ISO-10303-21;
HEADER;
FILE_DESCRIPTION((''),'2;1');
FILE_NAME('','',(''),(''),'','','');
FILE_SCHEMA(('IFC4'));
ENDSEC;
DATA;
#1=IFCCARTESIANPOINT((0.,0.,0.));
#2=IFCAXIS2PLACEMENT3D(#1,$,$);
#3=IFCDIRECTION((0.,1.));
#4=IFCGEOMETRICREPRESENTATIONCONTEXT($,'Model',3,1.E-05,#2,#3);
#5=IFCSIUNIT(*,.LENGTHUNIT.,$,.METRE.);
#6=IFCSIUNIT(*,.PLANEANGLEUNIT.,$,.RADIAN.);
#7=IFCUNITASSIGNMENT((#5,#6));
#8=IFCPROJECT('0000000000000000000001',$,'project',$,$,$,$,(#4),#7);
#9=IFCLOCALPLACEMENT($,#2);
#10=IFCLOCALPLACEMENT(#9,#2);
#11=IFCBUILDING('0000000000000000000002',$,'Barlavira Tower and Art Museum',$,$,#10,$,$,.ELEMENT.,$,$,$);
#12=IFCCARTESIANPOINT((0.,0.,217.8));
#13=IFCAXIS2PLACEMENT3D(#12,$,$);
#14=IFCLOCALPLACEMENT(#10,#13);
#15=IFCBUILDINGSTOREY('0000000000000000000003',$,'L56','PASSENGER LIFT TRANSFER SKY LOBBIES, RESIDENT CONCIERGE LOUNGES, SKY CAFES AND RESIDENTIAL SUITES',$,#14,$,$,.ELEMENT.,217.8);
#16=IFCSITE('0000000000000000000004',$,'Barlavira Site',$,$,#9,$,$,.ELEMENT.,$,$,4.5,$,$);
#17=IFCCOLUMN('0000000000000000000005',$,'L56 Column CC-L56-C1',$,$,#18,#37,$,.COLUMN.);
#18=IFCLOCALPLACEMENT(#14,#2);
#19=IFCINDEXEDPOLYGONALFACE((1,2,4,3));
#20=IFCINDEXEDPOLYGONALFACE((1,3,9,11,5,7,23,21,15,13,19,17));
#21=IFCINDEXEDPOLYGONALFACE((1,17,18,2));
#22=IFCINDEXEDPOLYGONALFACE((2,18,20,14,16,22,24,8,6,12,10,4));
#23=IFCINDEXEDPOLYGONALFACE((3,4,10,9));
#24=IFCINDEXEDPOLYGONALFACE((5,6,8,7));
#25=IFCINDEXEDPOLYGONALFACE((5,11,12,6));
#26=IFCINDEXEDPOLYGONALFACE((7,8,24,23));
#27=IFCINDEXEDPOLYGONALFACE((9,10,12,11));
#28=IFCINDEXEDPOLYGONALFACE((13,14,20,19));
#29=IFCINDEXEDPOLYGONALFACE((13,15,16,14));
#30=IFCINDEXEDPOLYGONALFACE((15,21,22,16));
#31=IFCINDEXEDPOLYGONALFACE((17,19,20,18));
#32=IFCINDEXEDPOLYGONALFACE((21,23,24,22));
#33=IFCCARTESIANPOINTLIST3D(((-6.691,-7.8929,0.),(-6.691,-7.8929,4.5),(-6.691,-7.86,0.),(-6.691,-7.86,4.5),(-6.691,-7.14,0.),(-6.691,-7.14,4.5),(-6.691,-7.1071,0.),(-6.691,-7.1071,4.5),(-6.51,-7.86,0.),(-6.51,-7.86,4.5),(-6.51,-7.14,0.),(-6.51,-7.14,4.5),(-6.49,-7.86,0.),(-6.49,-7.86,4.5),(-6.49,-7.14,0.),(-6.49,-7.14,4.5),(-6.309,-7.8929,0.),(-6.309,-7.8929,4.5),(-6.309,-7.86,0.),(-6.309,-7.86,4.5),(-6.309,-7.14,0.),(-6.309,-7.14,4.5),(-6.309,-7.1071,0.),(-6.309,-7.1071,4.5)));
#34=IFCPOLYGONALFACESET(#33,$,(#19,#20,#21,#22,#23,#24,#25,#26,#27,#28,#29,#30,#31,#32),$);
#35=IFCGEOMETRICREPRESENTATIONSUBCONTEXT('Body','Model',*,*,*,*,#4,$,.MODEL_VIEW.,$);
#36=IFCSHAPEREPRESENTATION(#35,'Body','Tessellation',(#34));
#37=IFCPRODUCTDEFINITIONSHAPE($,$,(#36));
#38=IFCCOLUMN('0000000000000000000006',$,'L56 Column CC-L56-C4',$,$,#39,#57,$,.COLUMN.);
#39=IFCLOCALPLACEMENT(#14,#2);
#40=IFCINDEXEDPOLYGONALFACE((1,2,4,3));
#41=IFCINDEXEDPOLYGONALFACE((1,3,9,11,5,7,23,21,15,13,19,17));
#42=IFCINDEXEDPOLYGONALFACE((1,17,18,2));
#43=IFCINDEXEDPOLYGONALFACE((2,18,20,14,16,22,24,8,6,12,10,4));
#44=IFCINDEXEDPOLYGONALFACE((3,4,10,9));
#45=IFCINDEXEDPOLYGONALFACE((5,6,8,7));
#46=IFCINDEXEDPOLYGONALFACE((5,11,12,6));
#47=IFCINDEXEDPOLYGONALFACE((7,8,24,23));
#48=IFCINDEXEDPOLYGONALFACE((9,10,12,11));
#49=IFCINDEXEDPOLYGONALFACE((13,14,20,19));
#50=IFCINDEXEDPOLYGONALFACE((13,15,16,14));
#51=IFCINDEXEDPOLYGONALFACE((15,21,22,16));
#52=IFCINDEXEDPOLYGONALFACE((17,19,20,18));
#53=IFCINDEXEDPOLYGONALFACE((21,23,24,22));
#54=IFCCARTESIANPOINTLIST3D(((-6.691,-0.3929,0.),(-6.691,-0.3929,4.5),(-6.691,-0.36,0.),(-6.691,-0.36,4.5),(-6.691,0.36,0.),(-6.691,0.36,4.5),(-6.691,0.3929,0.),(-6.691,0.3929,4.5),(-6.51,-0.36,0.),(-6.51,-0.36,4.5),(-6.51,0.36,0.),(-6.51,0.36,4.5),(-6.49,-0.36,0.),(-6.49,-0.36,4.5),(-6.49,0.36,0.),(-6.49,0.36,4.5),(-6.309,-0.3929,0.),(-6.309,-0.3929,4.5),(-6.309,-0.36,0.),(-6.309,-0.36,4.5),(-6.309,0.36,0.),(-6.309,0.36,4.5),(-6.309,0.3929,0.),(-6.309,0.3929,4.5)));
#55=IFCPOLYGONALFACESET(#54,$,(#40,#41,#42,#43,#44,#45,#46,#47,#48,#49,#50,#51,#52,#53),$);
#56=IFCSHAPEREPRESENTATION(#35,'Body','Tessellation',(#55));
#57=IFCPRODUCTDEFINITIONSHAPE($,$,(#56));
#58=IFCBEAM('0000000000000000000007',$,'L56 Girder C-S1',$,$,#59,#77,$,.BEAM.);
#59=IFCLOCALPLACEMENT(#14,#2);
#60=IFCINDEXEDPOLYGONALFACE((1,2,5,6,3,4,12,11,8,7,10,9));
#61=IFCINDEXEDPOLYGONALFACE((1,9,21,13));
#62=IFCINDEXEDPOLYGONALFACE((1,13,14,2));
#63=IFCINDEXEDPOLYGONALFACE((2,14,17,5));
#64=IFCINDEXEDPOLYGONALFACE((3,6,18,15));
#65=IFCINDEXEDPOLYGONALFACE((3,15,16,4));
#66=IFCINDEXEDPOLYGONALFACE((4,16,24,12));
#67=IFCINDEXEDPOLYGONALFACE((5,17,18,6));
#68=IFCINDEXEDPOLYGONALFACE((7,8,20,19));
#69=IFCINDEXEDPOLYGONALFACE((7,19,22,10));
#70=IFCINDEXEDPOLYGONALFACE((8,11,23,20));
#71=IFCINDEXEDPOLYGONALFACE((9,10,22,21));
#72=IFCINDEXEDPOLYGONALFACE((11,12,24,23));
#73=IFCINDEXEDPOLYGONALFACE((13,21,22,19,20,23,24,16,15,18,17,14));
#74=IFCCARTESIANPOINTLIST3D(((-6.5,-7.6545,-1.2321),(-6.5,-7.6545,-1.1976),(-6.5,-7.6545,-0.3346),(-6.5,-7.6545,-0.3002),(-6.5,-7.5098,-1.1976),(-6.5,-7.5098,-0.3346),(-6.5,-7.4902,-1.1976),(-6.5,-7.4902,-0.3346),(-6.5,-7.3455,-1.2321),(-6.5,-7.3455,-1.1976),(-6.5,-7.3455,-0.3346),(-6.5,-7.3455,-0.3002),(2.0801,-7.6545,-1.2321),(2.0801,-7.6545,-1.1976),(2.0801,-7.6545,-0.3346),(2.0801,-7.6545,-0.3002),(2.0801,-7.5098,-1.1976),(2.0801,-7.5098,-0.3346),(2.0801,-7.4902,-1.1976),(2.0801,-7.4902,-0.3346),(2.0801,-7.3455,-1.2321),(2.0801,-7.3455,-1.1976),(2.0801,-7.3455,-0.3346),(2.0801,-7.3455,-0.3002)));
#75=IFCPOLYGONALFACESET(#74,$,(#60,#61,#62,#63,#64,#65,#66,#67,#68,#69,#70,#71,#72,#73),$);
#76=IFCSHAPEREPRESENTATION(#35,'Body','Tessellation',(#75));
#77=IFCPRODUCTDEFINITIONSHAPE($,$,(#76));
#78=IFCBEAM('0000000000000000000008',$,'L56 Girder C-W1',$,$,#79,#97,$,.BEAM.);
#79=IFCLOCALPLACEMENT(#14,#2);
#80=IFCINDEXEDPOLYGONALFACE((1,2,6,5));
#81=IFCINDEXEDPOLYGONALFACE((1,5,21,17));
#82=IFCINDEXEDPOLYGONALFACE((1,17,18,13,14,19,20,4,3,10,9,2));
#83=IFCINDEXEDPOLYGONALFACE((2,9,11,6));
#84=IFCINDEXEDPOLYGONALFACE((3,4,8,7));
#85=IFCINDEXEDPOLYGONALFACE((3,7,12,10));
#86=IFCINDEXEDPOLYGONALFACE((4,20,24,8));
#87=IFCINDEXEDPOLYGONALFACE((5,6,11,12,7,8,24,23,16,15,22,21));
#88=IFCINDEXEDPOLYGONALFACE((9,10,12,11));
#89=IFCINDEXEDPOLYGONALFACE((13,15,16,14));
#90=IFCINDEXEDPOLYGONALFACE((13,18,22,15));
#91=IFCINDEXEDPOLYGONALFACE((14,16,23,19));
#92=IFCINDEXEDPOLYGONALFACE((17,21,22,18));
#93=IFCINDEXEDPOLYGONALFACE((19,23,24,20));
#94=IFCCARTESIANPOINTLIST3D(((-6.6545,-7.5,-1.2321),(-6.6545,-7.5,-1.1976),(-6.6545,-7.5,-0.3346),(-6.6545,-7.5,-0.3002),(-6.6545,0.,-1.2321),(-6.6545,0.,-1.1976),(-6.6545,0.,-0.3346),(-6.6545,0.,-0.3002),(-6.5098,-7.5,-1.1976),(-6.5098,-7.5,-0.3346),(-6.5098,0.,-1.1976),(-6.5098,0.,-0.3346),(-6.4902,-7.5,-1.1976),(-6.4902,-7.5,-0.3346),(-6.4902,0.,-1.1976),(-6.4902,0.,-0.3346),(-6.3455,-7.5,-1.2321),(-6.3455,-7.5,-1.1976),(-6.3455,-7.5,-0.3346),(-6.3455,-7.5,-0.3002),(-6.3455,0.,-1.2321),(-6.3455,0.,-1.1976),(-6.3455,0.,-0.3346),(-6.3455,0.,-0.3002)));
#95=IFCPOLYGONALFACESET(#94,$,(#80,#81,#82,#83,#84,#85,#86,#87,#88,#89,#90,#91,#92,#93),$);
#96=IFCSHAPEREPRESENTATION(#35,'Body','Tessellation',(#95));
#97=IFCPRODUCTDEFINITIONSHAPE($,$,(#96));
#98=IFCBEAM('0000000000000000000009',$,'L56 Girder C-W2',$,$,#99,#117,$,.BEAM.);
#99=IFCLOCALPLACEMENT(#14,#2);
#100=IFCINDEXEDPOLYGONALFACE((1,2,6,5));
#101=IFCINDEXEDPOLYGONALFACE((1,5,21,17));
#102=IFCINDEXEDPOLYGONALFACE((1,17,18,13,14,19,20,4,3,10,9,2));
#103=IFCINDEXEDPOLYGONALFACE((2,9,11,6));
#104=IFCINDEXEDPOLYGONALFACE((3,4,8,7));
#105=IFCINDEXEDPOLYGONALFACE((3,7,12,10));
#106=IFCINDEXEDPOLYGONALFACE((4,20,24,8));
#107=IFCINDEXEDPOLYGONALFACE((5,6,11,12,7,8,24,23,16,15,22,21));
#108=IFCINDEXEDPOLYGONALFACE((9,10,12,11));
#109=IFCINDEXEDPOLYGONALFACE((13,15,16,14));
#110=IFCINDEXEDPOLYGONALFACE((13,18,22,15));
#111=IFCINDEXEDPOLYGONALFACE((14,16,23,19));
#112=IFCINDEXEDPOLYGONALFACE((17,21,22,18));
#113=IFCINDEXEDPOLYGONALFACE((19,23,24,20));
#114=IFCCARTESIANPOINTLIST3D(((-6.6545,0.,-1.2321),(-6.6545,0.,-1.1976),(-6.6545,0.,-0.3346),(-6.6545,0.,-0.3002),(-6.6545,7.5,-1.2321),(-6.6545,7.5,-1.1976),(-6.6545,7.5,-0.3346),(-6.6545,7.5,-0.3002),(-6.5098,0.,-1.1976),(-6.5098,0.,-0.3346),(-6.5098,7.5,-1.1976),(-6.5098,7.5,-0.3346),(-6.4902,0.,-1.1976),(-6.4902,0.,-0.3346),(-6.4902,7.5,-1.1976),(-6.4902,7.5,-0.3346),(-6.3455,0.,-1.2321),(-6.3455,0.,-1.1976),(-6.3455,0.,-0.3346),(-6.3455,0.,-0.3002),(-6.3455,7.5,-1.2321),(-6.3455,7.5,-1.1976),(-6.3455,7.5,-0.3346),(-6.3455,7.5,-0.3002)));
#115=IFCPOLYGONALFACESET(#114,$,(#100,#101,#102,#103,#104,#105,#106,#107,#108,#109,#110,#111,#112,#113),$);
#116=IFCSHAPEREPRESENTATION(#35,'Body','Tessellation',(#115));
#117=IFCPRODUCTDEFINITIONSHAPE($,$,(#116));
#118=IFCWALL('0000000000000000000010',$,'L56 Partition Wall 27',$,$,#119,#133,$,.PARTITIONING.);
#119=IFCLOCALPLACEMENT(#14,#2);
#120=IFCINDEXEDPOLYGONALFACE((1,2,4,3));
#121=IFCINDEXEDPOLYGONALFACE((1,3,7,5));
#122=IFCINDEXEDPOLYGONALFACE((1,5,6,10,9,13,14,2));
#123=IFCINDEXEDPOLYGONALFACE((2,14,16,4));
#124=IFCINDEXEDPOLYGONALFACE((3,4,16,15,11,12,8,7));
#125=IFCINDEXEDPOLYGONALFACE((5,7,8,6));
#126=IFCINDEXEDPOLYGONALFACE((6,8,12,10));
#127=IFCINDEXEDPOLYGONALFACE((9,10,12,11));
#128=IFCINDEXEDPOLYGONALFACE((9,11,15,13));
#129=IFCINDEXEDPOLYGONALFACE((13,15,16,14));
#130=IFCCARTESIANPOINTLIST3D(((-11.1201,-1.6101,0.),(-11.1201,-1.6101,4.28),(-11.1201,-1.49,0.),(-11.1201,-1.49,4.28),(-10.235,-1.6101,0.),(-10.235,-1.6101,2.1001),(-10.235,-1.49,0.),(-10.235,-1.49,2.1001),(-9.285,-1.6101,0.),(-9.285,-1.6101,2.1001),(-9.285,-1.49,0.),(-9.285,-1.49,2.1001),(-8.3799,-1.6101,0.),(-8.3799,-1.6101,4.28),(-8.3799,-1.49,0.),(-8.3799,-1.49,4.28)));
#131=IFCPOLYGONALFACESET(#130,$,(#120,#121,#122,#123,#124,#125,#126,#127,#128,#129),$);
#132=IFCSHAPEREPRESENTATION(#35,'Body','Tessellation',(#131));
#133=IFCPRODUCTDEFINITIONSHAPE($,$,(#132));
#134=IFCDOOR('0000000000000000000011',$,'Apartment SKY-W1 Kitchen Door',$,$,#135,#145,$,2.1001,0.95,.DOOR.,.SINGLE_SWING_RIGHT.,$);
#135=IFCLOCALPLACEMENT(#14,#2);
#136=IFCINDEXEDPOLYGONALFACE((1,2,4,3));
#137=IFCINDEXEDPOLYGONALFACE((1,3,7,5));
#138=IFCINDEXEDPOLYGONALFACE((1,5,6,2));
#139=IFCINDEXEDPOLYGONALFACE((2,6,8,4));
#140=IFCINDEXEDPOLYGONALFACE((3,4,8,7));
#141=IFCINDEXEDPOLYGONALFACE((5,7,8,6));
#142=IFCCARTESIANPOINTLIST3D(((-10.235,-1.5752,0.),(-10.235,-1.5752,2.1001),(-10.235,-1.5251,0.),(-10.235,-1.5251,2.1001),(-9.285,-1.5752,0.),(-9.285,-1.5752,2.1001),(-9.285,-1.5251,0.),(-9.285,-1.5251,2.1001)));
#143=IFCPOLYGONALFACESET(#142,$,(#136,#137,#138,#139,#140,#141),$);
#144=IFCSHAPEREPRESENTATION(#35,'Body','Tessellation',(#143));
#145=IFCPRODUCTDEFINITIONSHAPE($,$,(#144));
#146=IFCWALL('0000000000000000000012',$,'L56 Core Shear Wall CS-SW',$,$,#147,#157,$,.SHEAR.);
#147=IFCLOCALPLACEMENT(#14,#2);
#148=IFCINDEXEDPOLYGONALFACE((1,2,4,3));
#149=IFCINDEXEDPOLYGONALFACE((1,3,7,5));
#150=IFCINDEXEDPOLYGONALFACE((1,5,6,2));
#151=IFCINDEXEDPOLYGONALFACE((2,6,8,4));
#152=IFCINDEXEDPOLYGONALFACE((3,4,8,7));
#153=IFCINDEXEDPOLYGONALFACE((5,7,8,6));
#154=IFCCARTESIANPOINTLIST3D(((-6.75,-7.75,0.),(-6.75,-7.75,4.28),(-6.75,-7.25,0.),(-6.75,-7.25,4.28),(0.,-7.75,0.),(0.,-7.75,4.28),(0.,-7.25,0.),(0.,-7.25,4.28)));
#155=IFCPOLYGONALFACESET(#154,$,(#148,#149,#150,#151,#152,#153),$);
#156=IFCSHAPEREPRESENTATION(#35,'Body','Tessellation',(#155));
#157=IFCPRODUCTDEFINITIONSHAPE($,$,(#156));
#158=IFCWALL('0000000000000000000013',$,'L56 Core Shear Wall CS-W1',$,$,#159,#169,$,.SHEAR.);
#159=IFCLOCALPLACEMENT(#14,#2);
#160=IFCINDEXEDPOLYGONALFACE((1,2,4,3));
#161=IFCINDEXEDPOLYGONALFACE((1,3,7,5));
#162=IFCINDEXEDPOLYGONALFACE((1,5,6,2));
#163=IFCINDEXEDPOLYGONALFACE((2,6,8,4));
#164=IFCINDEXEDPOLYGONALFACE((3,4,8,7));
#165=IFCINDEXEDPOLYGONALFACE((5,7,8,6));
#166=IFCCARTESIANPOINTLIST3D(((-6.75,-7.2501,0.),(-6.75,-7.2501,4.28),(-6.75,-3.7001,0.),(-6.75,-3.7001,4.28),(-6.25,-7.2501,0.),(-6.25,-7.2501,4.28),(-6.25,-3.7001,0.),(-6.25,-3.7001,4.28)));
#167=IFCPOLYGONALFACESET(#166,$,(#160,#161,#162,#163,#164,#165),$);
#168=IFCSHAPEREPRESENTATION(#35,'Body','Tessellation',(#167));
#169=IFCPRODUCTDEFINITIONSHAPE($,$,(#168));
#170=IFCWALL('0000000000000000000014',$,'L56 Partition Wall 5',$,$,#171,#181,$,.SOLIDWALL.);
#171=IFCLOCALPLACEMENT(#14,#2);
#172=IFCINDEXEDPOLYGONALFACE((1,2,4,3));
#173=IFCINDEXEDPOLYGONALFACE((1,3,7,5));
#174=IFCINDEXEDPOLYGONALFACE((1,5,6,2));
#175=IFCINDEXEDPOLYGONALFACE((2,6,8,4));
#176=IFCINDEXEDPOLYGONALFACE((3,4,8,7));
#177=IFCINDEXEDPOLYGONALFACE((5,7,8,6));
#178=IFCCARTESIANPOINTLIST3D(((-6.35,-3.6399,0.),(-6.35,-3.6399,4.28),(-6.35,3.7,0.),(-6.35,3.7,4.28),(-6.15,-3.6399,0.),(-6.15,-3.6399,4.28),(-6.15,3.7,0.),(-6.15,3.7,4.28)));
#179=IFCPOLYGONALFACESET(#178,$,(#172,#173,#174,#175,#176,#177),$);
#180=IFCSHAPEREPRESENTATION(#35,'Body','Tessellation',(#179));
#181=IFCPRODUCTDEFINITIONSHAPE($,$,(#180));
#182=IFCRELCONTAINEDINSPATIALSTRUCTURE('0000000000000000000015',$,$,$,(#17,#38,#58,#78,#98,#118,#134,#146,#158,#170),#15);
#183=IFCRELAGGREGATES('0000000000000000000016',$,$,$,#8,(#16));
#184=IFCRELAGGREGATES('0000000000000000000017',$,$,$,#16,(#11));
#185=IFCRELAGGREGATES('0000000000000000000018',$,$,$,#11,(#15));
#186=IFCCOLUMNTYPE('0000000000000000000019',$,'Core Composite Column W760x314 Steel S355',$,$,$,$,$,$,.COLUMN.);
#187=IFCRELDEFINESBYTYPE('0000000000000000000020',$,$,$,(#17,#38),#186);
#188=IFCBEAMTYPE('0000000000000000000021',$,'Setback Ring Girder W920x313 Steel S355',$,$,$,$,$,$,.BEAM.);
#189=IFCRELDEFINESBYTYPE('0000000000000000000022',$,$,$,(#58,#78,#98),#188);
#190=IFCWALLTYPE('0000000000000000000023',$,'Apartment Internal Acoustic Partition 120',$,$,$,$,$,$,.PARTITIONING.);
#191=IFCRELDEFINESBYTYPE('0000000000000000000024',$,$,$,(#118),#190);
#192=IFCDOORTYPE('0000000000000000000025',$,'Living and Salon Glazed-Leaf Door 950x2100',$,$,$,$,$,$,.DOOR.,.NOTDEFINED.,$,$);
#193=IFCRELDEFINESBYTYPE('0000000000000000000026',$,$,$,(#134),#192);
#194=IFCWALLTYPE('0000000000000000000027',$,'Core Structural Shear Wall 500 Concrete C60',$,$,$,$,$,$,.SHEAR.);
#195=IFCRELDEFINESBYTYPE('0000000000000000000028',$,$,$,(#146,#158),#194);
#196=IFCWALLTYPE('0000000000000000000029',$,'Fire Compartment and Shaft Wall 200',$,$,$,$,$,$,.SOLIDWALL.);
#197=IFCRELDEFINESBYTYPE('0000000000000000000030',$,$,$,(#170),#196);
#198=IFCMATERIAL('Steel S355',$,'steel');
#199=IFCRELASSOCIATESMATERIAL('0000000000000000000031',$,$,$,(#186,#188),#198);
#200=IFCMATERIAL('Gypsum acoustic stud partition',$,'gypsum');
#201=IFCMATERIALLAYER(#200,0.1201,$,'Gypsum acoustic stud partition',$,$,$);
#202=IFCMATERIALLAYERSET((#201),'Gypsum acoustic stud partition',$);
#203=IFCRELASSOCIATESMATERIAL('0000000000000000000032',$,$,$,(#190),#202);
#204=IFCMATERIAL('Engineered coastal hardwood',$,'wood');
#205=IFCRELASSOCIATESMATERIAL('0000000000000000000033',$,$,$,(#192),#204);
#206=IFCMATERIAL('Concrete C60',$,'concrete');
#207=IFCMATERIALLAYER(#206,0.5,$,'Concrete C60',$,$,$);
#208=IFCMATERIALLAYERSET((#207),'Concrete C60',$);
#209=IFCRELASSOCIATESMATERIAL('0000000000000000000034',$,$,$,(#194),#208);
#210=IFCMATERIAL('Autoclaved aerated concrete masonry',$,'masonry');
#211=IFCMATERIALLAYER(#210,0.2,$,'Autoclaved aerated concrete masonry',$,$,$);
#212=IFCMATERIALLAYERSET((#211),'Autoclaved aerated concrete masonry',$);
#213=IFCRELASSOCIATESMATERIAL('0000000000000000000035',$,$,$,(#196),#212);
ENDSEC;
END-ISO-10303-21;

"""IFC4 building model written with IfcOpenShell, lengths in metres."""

from ifc_helpers import new_model, si_unit, direction, frame, frame_2d, origin, origin_2d, place, context, subcontext, project, spatial, rectangle, i_section, extrude, material, layer, layer_set, material_profile, profile_set, type_object, element, fill, save


model = new_model("IFC4")

# Units and contexts
model_context = context("Model", 3, precision=1e-05, world=origin(), true_north=direction((0.0, 1.0)))
body_context = subcontext(model_context, "Body", "Model", "MODEL_VIEW")
ifc_project = project(units=[si_unit("LENGTHUNIT", "METRE"), si_unit("PLANEANGLEUNIT", "RADIAN")], contexts=[model_context])

# Site, building, storey
site_placement = place(None, origin())
site = spatial("IfcSite", under=ifc_project, at=site_placement, Name="Barlavira Site", CompositionType="ELEMENT", RefElevation=4.5)
building_placement = place(site_placement, origin())
building = spatial("IfcBuilding", under=site, at=building_placement, Name="Barlavira Tower and Art Museum", CompositionType="ELEMENT")
storey_placement = place(building_placement, frame((0.0, 0.0, 217.8)))
storey = spatial("IfcBuildingStorey", under=building, at=storey_placement, Name="L56", Description="PASSENGER LIFT TRANSFER SKY LOBBIES, RESIDENT CONCIERGE LOUNGES, SKY CAFES AND RESIDENTIAL SUITES", CompositionType="ELEMENT", Elevation=217.8)

# Columns
ifc_material_1 = material(Name="Steel S355", Category="steel")
ifc_material_profile_1 = material_profile(ifc_material_1, i_section(OverallWidth=0.3821, OverallDepth=0.7859, WebThickness=0.02, FlangeThickness=0.033, at=origin_2d()), Name="W760x314.0")
ifc_profile_set_1 = profile_set([ifc_material_profile_1], Name="Steel S355")
column_type = type_object("IfcColumnType", Name="Core Composite Column W760x314 Steel S355", PredefinedType="COLUMN", material=ifc_profile_set_1)
for number, where, z_axis, x_axis, name in (
    (1, (-6.5, -7.5, 0.0), (0.0, 0.0, 1.0), (1.0, 0.0, 0.0), "L56 Column CC-L56-C1"),
    (2, (-6.5, 0.0, 0.0), (0.0, 0.0, 1.0), (1.0, 0.0, 0.0), "L56 Column CC-L56-C4"),
):
    element("IfcColumn", number, at=place(storey_placement, frame(where, z_axis=z_axis, x_axis=x_axis)), inside=storey, type_object=column_type, Name=name, PredefinedType="COLUMN", context=body_context, shape_type="SweptSolid", body=[
        extrude(i_section(OverallWidth=0.3821, OverallDepth=0.7859, WebThickness=0.02, FlangeThickness=0.033, at=origin_2d()), origin(), (0.0, 0.0, 1.0), 4.5),
    ])

# Beams
ifc_material_profile_2 = material_profile(ifc_material_1, i_section(OverallWidth=0.3091, OverallDepth=0.9319, WebThickness=0.0195, FlangeThickness=0.0344, at=origin_2d()), Name="W920x313.0")
ifc_profile_set_2 = profile_set([ifc_material_profile_2], Name="Steel S355")
beam_type = type_object("IfcBeamType", Name="Setback Ring Girder W920x313 Steel S355", PredefinedType="BEAM", material=ifc_profile_set_2)
beam_placement = place(storey_placement, frame((-6.5, -7.5, -0.7661), z_axis=(1.0, 0.0, 0.0), x_axis=(0.0, 1.0, 0.0)))
element("IfcBeam", 3, at=beam_placement, inside=storey, type_object=beam_type, Name="L56 Girder C-S1", PredefinedType="BEAM", context=body_context, shape_type="SweptSolid", body=[
    extrude(i_section(OverallWidth=0.3091, OverallDepth=0.9319, WebThickness=0.0195, FlangeThickness=0.0344, at=origin_2d()), origin(), (0.0, 0.0, 1.0), 8.5801),
])
for number, where, z_axis, x_axis, name in (
    (4, (-6.5, -7.5, -0.7661), (0.0, 1.0, 0.0), (-1.0, 0.0, 0.0), "L56 Girder C-W1"),
    (5, (-6.5, 0.0, -0.7661), (0.0, 1.0, 0.0), (-1.0, 0.0, 0.0), "L56 Girder C-W2"),
):
    element("IfcBeam", number, at=place(storey_placement, frame(where, z_axis=z_axis, x_axis=x_axis)), inside=storey, type_object=beam_type, Name=name, PredefinedType="BEAM", context=body_context, shape_type="SweptSolid", body=[
        extrude(i_section(OverallWidth=0.3091, OverallDepth=0.9319, WebThickness=0.0195, FlangeThickness=0.0344, at=origin_2d()), origin(), (0.0, 0.0, 1.0), 7.5),
    ])

# Wall, opening, door
ifc_material_2 = material(Name="Gypsum acoustic stud partition", Category="gypsum")
ifc_layer_1 = layer(ifc_material_2, 0.1201, Name="Gypsum acoustic stud partition")
ifc_layer_set_1 = layer_set([ifc_layer_1], Name="Gypsum acoustic stud partition")
wall_type_1 = type_object("IfcWallType", Name="Apartment Internal Acoustic Partition 120", PredefinedType="PARTITIONING", material=ifc_layer_set_1)
wall_1_placement = place(storey_placement, frame((-11.1201, -1.55, 0.0), z_axis=(0.0, 0.0, 1.0), x_axis=(1.0, 0.0, 0.0)))
wall_1 = element("IfcWall", 6, at=wall_1_placement, inside=storey, type_object=wall_type_1, Name="L56 Partition Wall 27", PredefinedType="PARTITIONING", context=body_context, shape_type="SweptSolid", body=[
    extrude(rectangle(XDim=2.7402, YDim=0.1201, at=frame_2d((1.3701, 0.0))), origin(), (0.0, 0.0, 1.0), 4.28),
])
opening_1_placement = place(wall_1_placement, frame((0.885, 0.0, 0.0)))
opening_1 = element("IfcOpeningElement", 7, at=opening_1_placement, cuts=wall_1, PredefinedType="OPENING", context=body_context, shape_type="SweptSolid", body=[
    extrude(rectangle(XDim=0.95, YDim=2.1001, at=frame_2d((0.4751, 1.05))), frame((0.0, 0.0701, 0.0), z_axis=(0.0, -1.0, 0.0), x_axis=(1.0, 0.0, 0.0)), (0.0, 0.0, 1.0), 0.1401),
])
ifc_material_3 = material(Name="Engineered coastal hardwood", Category="wood")
door_type_1 = type_object("IfcDoorType", Name="Living and Salon Glazed-Leaf Door 950x2100", OperationType="NOTDEFINED", PredefinedType="DOOR", material=ifc_material_3)
door_1_placement = place(opening_1_placement, origin())
door_1 = element("IfcDoor", 8, at=door_1_placement, inside=storey, type_object=door_type_1, Name="Apartment SKY-W1 Kitchen Door", OperationType="SINGLE_SWING_RIGHT", OverallHeight=2.1001, OverallWidth=0.95, PredefinedType="DOOR", context=body_context, shape_type="SweptSolid", body=[
    extrude(rectangle(XDim=0.95, YDim=2.1001, at=frame_2d((0.4751, 1.05))), frame((0.0, 0.0249, 0.0), z_axis=(0.0, -1.0, 0.0), x_axis=(1.0, 0.0, 0.0)), (0.0, 0.0, 1.0), 0.05),
])
fill(opening_1, door_1)

# Walls
ifc_material_4 = material(Name="Concrete C60", Category="concrete")
ifc_layer_2 = layer(ifc_material_4, 0.5, Name="Concrete C60")
ifc_layer_set_2 = layer_set([ifc_layer_2], Name="Concrete C60")
wall_type_2 = type_object("IfcWallType", Name="Core Structural Shear Wall 500 Concrete C60", PredefinedType="SHEAR", material=ifc_layer_set_2)
wall_2_placement = place(storey_placement, frame((-6.75, -7.5, 0.0), z_axis=(0.0, 0.0, 1.0), x_axis=(1.0, 0.0, 0.0)))
element("IfcWall", 9, at=wall_2_placement, inside=storey, type_object=wall_type_2, Name="L56 Core Shear Wall CS-SW", PredefinedType="SHEAR", context=body_context, shape_type="SweptSolid", body=[
    extrude(rectangle(XDim=6.75, YDim=0.5, at=frame_2d((3.375, 0.0))), origin(), (0.0, 0.0, 1.0), 4.28),
])
wall_3_placement = place(storey_placement, frame((-6.5, -7.25, 0.0), z_axis=(0.0, 0.0, 1.0), x_axis=(0.0, 1.0, 0.0)))
element("IfcWall", 10, at=wall_3_placement, inside=storey, type_object=wall_type_2, Name="L56 Core Shear Wall CS-W1", PredefinedType="SHEAR", context=body_context, shape_type="SweptSolid", body=[
    extrude(rectangle(XDim=3.55, YDim=0.5, at=frame_2d((1.7749, 0.0))), origin(), (0.0, 0.0, 1.0), 4.28),
])
ifc_material_5 = material(Name="Autoclaved aerated concrete masonry", Category="masonry")
ifc_layer_3 = layer(ifc_material_5, 0.2, Name="Autoclaved aerated concrete masonry")
ifc_layer_set_3 = layer_set([ifc_layer_3], Name="Autoclaved aerated concrete masonry")
wall_type_3 = type_object("IfcWallType", Name="Fire Compartment and Shaft Wall 200", PredefinedType="SOLIDWALL", material=ifc_layer_set_3)
wall_4_placement = place(storey_placement, frame((-6.25, -3.6399, 0.0), z_axis=(0.0, 0.0, 1.0), x_axis=(0.0, 1.0, 0.0)))
element("IfcWall", 11, at=wall_4_placement, inside=storey, type_object=wall_type_3, Name="L56 Partition Wall 5", PredefinedType="SOLIDWALL", context=body_context, shape_type="SweptSolid", body=[
    extrude(rectangle(XDim=7.3398, YDim=0.2, at=frame_2d((3.6699, 0.0))), origin(), (0.0, 0.0, 1.0), 4.28),
])

save(model, "model.ifc")
